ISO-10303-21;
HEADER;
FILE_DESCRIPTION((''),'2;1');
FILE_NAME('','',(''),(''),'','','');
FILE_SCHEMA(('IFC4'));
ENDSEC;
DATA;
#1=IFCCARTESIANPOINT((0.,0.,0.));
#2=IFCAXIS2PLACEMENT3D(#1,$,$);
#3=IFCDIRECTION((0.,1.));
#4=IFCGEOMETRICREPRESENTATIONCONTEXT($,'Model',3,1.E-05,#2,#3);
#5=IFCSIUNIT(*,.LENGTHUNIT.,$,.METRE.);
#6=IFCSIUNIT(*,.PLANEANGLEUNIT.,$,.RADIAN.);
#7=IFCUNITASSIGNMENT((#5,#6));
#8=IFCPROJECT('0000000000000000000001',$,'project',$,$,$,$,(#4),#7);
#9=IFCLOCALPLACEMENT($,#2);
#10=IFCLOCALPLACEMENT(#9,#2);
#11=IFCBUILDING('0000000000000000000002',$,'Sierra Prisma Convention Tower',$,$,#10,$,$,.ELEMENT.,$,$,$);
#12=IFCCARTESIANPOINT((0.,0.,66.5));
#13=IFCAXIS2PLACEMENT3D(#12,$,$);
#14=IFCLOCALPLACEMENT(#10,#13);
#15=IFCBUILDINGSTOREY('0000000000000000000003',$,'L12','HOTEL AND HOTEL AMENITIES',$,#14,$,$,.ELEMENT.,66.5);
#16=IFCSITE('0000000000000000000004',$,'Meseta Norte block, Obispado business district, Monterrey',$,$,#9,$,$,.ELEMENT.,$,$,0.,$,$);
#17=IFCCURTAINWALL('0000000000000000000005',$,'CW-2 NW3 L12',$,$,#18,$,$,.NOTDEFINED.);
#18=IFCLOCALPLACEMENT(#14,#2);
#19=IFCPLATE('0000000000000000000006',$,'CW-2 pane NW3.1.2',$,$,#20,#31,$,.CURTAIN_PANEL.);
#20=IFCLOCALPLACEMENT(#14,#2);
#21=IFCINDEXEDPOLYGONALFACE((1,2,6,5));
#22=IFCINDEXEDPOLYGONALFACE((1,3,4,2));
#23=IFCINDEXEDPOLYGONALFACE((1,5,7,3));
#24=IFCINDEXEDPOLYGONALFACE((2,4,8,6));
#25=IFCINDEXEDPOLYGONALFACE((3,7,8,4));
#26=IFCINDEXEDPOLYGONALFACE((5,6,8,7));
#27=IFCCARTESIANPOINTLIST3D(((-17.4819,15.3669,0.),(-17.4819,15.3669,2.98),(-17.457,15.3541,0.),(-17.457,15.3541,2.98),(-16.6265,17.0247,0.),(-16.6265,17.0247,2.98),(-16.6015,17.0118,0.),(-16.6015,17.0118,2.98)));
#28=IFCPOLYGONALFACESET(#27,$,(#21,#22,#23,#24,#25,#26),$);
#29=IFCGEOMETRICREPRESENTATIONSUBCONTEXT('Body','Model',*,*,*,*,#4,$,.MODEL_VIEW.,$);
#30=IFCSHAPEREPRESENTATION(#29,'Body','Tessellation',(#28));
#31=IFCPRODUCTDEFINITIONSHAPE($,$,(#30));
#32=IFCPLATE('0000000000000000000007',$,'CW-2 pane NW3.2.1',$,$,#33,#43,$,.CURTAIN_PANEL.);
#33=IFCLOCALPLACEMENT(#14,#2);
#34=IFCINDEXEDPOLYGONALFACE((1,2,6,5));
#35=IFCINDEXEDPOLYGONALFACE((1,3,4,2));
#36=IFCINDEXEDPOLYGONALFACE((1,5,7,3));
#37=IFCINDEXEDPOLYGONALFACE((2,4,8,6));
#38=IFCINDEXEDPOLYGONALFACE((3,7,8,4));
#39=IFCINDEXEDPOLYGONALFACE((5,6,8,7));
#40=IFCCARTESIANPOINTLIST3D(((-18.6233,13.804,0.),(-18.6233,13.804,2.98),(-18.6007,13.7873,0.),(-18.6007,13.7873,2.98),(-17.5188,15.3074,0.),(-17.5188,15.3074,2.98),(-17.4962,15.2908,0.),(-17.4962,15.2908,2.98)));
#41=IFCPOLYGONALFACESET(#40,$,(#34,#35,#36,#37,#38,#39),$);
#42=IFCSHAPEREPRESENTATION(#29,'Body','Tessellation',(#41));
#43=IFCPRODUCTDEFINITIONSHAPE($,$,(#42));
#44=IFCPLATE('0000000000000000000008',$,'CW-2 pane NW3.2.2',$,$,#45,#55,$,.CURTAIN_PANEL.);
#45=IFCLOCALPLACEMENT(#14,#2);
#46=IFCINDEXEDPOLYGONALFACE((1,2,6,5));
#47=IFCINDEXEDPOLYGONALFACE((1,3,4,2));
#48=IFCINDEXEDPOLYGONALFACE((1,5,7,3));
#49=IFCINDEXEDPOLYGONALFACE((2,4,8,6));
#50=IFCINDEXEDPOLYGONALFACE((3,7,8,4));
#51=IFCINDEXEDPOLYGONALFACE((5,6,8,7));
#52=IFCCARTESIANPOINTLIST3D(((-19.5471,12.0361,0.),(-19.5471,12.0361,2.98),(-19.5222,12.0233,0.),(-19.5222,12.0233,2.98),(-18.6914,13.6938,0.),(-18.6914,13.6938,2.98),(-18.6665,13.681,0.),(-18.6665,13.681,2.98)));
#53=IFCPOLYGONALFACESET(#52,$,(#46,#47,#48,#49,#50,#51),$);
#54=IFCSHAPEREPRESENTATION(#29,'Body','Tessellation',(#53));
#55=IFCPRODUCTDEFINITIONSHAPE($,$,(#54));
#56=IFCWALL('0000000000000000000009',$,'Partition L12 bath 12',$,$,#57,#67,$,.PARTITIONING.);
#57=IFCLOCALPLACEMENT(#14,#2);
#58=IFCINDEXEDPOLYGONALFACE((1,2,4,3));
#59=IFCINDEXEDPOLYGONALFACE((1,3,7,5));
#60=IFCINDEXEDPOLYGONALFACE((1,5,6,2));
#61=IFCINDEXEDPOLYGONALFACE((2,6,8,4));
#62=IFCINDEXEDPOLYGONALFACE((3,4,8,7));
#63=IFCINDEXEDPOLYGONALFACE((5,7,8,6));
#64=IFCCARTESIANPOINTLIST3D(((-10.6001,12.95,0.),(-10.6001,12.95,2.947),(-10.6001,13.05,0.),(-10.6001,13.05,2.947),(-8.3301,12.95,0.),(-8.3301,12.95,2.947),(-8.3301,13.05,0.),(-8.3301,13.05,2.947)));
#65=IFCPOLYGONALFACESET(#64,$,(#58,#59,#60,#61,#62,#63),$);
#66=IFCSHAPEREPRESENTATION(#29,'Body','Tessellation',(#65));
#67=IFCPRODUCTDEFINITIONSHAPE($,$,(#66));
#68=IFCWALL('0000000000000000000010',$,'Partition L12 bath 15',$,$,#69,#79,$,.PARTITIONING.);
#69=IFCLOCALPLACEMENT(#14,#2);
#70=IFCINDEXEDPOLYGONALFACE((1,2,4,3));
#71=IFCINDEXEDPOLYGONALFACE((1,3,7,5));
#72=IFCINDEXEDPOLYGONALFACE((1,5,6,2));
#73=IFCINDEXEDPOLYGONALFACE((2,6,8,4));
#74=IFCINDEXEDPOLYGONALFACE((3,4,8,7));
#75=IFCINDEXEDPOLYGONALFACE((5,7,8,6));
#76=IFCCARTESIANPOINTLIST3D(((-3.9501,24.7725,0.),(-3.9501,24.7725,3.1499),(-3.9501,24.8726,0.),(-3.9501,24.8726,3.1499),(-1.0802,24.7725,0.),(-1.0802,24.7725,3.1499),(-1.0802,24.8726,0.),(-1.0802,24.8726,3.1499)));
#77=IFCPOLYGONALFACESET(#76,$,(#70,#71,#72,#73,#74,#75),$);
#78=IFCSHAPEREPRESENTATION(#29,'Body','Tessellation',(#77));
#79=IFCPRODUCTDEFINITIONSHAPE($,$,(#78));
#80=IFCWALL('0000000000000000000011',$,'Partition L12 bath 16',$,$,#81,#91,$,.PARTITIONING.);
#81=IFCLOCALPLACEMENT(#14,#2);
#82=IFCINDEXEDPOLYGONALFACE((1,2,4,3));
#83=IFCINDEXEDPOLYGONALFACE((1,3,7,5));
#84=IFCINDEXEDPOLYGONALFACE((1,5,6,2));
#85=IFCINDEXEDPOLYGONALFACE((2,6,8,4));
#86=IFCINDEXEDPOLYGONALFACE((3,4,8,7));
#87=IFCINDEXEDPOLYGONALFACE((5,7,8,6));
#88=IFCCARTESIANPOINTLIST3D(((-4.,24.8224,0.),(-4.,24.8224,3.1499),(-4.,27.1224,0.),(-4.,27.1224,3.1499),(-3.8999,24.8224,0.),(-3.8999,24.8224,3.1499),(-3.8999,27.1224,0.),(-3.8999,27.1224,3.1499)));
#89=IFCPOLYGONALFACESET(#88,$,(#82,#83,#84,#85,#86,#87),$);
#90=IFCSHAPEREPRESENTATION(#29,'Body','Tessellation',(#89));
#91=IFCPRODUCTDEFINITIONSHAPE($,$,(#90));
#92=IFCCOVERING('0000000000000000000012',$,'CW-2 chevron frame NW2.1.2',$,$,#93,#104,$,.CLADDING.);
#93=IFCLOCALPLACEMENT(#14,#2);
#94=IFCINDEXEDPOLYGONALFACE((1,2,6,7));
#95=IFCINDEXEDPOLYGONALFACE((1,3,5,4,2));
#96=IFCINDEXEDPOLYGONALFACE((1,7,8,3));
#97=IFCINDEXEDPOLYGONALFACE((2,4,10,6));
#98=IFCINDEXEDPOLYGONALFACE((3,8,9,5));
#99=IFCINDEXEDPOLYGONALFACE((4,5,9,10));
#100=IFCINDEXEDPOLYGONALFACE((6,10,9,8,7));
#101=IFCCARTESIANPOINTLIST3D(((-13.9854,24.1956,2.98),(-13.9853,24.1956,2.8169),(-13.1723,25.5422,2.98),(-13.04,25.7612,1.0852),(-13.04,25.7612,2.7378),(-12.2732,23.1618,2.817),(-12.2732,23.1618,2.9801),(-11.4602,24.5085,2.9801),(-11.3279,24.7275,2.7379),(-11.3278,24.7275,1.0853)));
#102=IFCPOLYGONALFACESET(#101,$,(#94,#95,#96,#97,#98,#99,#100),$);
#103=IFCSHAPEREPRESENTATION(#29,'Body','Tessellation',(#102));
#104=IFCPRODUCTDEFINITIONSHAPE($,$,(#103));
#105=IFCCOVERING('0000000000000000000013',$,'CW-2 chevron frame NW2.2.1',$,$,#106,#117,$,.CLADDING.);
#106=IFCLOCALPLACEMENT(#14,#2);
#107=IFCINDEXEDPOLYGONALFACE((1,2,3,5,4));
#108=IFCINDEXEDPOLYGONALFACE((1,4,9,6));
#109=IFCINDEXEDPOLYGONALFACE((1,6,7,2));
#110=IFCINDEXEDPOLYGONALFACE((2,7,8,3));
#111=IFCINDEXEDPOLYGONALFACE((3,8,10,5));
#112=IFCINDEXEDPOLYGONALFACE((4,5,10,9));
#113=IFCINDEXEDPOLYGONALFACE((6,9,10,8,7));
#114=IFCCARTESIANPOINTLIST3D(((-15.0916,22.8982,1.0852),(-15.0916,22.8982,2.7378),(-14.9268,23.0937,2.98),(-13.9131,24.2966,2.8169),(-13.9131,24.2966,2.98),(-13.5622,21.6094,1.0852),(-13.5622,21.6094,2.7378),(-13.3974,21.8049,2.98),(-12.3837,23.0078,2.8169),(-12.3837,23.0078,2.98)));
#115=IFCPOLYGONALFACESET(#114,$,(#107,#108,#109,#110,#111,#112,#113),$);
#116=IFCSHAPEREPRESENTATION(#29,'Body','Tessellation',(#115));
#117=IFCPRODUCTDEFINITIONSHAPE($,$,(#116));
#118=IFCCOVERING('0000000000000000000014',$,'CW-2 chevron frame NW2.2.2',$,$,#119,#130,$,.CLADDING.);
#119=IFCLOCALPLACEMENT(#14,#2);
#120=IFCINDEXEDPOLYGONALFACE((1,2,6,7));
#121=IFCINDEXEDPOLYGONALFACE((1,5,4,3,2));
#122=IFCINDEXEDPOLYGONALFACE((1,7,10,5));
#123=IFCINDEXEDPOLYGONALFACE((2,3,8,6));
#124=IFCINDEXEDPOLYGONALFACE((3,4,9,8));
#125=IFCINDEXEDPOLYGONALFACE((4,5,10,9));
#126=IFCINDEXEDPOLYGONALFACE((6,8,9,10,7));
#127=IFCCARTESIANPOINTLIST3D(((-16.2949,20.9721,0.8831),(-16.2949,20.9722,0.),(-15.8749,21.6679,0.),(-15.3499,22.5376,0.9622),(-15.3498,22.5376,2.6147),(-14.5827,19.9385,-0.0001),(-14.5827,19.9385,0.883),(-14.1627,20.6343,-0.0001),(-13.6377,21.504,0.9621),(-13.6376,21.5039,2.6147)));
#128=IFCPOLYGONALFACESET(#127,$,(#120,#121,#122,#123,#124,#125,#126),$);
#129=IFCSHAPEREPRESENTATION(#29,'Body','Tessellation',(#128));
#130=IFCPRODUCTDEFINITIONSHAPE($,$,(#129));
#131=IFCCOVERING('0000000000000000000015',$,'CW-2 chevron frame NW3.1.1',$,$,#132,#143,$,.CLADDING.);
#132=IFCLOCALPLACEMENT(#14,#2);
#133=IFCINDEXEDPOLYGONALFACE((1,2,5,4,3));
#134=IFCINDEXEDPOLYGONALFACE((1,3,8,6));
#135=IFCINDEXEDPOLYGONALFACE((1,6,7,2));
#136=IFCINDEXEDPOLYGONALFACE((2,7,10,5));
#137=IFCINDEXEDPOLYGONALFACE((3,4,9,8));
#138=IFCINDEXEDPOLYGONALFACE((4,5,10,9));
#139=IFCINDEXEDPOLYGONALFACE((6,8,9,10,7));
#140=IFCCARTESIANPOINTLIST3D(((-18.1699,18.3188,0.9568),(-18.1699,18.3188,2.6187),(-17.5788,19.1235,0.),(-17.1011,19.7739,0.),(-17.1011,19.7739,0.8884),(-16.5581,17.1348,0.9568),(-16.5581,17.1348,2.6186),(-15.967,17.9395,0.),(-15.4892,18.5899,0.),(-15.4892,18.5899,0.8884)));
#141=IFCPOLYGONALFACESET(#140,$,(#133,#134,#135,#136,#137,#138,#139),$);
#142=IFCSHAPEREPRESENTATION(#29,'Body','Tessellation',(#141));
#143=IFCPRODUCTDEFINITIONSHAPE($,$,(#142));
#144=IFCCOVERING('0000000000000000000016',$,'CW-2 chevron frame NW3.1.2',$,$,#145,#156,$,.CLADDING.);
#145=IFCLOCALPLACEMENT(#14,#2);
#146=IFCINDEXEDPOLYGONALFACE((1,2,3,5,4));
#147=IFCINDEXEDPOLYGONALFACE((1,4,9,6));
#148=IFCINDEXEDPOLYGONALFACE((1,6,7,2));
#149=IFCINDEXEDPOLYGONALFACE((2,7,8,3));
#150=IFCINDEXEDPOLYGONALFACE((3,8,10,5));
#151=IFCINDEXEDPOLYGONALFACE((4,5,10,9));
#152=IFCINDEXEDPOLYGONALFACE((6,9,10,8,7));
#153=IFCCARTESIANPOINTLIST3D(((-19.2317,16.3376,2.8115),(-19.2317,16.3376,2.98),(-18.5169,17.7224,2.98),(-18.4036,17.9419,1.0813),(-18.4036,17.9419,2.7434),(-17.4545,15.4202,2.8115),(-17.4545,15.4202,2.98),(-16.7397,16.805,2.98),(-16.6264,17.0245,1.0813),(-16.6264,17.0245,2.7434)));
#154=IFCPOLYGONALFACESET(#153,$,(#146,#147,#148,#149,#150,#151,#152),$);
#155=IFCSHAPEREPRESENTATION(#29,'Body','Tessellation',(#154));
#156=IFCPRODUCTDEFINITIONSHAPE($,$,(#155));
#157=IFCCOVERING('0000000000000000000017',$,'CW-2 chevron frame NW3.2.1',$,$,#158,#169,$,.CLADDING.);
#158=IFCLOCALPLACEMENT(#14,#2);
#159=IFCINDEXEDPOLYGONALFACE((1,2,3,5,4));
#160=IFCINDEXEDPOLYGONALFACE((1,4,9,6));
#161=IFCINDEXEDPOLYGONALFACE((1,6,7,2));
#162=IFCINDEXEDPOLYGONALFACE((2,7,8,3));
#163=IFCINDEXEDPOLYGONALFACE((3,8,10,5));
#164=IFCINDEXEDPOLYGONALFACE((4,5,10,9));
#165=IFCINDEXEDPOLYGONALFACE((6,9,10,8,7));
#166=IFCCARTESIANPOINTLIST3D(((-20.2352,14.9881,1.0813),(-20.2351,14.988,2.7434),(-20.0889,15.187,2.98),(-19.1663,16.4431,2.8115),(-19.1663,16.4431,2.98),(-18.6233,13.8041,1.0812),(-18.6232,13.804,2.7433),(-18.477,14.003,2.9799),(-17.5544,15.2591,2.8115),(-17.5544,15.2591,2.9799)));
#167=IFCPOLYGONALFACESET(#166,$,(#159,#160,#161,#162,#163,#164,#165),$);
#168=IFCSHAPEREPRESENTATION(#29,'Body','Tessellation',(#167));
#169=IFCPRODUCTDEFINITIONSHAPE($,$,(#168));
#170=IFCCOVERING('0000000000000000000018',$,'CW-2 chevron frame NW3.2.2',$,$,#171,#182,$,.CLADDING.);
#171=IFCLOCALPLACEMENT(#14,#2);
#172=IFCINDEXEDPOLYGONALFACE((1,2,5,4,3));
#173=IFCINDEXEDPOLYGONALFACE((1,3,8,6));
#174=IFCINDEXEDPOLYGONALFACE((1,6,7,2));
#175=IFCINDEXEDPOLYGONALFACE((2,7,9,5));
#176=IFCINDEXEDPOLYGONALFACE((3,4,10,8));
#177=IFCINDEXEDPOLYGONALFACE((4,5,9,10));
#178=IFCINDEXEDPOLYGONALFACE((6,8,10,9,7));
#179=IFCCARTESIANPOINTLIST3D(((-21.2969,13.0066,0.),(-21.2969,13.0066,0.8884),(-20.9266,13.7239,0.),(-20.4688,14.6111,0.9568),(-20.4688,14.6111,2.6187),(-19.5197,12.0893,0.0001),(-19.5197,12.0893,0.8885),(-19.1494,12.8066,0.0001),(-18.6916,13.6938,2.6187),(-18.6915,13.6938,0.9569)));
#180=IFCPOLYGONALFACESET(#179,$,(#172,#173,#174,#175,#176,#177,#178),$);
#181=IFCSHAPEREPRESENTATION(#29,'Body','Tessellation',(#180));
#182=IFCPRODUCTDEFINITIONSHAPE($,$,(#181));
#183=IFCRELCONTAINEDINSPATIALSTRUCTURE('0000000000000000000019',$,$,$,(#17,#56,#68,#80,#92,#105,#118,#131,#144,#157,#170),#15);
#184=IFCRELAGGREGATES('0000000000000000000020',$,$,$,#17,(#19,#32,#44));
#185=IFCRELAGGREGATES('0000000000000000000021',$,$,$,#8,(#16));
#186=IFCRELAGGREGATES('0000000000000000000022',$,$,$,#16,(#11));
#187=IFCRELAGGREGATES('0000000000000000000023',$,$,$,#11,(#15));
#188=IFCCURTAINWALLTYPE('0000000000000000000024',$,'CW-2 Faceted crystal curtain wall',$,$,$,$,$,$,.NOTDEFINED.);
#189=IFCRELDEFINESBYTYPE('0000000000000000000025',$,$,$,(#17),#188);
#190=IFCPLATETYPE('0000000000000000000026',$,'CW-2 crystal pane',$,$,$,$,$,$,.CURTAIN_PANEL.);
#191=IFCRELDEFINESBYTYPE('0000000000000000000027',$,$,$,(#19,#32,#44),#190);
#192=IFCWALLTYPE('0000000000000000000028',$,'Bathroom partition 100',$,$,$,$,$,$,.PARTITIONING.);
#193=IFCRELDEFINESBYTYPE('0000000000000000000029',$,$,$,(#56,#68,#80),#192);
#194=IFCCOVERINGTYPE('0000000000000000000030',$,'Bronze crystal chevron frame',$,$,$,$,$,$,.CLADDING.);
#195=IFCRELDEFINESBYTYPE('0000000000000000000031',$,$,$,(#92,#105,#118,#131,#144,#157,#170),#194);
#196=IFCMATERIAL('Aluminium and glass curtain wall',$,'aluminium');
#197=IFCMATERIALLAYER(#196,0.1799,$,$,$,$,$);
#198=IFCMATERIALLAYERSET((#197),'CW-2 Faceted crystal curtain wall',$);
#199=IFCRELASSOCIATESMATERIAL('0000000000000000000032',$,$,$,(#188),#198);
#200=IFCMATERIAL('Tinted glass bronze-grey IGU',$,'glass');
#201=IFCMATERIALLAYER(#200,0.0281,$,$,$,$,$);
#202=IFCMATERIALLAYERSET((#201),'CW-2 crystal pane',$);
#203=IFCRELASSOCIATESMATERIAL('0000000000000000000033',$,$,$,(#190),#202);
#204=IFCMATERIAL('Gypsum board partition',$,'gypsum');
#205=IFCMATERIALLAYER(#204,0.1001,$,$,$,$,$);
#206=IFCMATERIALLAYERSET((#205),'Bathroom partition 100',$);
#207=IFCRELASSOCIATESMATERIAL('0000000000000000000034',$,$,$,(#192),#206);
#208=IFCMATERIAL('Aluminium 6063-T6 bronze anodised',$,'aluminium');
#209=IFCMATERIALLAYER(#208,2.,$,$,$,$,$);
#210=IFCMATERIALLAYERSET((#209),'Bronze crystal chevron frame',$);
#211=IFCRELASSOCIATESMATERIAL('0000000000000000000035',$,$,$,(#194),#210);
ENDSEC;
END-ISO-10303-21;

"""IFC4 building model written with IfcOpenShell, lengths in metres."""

from ifc_helpers import new_model, si_unit, direction, frame, frame_2d, origin, place, context, subcontext, project, spatial, polyline, rectangle, outline, extrude, material, layer, layer_set, type_object, element, aggregate, save


model = new_model("IFC4")

# Units and contexts
model_context = context("Model", 3, precision=1e-05, world=origin(), true_north=direction((0.0, 1.0)))
body_context = subcontext(model_context, "Body", "Model", "MODEL_VIEW")
ifc_project = project(units=[si_unit("LENGTHUNIT", "METRE"), si_unit("PLANEANGLEUNIT", "RADIAN")], contexts=[model_context])

# Site, building, storey
site_placement = place(None, origin())
site = spatial("IfcSite", under=ifc_project, at=site_placement, Name="Meseta Norte block, Obispado business district, Monterrey", CompositionType="ELEMENT", RefElevation=0.0)
building_placement = place(site_placement, origin())
building = spatial("IfcBuilding", under=site, at=building_placement, Name="Sierra Prisma Convention Tower", CompositionType="ELEMENT")
storey_placement = place(building_placement, frame((0.0, 0.0, 66.5)))
storey = spatial("IfcBuildingStorey", under=building, at=storey_placement, Name="L12", Description="HOTEL AND HOTEL AMENITIES", CompositionType="ELEMENT", Elevation=66.5)

# Curtain wall
ifc_material_1 = material(Name="Aluminium and glass curtain wall", Category="aluminium")
ifc_layer_1 = layer(ifc_material_1, 0.1799)
ifc_layer_set_1 = layer_set([ifc_layer_1], Name="CW-2 Faceted crystal curtain wall")
curtain_wall_type = type_object("IfcCurtainWallType", Name="CW-2 Faceted crystal curtain wall", PredefinedType="NOTDEFINED", material=ifc_layer_set_1)
curtain_wall_1_placement = place(storey_placement, origin())
curtain_wall_1 = element("IfcCurtainWall", 1, at=curtain_wall_1_placement, inside=storey, type_object=curtain_wall_type, Name="CW-2 NW3 L12", PredefinedType="NOTDEFINED")

# Plates
ifc_material_2 = material(Name="Tinted glass bronze-grey IGU", Category="glass")
ifc_layer_2 = layer(ifc_material_2, 0.0281)
ifc_layer_set_2 = layer_set([ifc_layer_2], Name="CW-2 crystal pane")
plate_type = type_object("IfcPlateType", Name="CW-2 crystal pane", PredefinedType="CURTAIN_PANEL", material=ifc_layer_set_2)
plate_1_placement = place(storey_placement, frame((-17.4819, 15.3669, 0.0), z_axis=(-0.888648, 0.45859, 0.0), x_axis=(0.45859, 0.888648, 0.0)))
plate_1 = element("IfcPlate", 2, at=plate_1_placement, type_object=plate_type, Name="CW-2 pane NW3.1.2", PredefinedType="CURTAIN_PANEL", context=body_context, shape_type="SweptSolid", body=[
    extrude(outline(polyline([(0.0, 0.0), (1.8654, 0.0), (1.8654, -2.98), (0.0, -2.98), (0.0, 0.0)])), origin(), (0.0, 0.0, -1.0), 0.0281),
])
plate_2_placement = place(storey_placement, frame((-17.5188, 15.3074, 0.0), z_axis=(-0.805897, 0.592056, 0.0), x_axis=(-0.592056, -0.805897, 0.0)))
plate_2 = element("IfcPlate", 3, at=plate_2_placement, type_object=plate_type, Name="CW-2 pane NW3.2.1", PredefinedType="CURTAIN_PANEL", context=body_context, shape_type="SweptSolid", body=[
    extrude(outline(polyline([(0.0, 0.0), (1.8655, 0.0), (1.8655, 2.98), (0.0, 2.98), (0.0, 0.0)])), origin(), (0.0, 0.0, -1.0), 0.0281),
])
plate_3_placement = place(storey_placement, frame((-19.5471, 12.0361, 0.0), z_axis=(-0.888595, 0.458693, 0.0), x_axis=(0.458693, 0.888595, 0.0)))
plate_3 = element("IfcPlate", 4, at=plate_3_placement, type_object=plate_type, Name="CW-2 pane NW3.2.2", PredefinedType="CURTAIN_PANEL", context=body_context, shape_type="SweptSolid", body=[
    extrude(outline(polyline([(0.0, 0.0), (1.8655, 0.0), (1.8655, -2.98), (0.0, -2.98), (0.0, 0.0)])), origin(), (0.0, 0.0, -1.0), 0.0281),
])
aggregate(curtain_wall_1, [plate_1, plate_2, plate_3])

# Walls
ifc_material_3 = material(Name="Gypsum board partition", Category="gypsum")
ifc_layer_3 = layer(ifc_material_3, 0.1001)
ifc_layer_set_3 = layer_set([ifc_layer_3], Name="Bathroom partition 100")
wall_type = type_object("IfcWallType", Name="Bathroom partition 100", PredefinedType="PARTITIONING", material=ifc_layer_set_3)
wall_1_placement = place(storey_placement, frame((-10.6001, 13.0, 0.0), z_axis=(0.0, 0.0, 1.0), x_axis=(1.0, 0.0, 0.0)))
element("IfcWall", 5, at=wall_1_placement, inside=storey, type_object=wall_type, Name="Partition L12 bath 12", PredefinedType="PARTITIONING", context=body_context, shape_type="SweptSolid", body=[
    extrude(rectangle(XDim=2.27, YDim=0.1001, at=frame_2d((1.135, 0.0))), origin(), (0.0, 0.0, 1.0), 2.947),
])
wall_2_placement = place(storey_placement, frame((-1.0801, 24.8225, 0.0), z_axis=(0.0, 0.0, 1.0), x_axis=(-1.0, 0.0, 0.0)))
element("IfcWall", 6, at=wall_2_placement, inside=storey, type_object=wall_type, Name="Partition L12 bath 15", PredefinedType="PARTITIONING", context=body_context, shape_type="SweptSolid", body=[
    extrude(rectangle(XDim=2.8699, YDim=0.1001, at=frame_2d((1.4351, 0.0))), origin(), (0.0, 0.0, 1.0), 3.1499),
])
wall_3_placement = place(storey_placement, frame((-3.95, 24.8225, 0.0), z_axis=(0.0, 0.0, 1.0), x_axis=(0.0, 1.0, 0.0)))
element("IfcWall", 7, at=wall_3_placement, inside=storey, type_object=wall_type, Name="Partition L12 bath 16", PredefinedType="PARTITIONING", context=body_context, shape_type="SweptSolid", body=[
    extrude(rectangle(XDim=2.3, YDim=0.1001, at=frame_2d((1.1499, 0.0))), origin(), (0.0, 0.0, 1.0), 3.1499),
])

# Coverings
ifc_material_4 = material(Name="Aluminium 6063-T6 bronze anodised", Category="aluminium")
ifc_layer_4 = layer(ifc_material_4, 2.0)
ifc_layer_set_4 = layer_set([ifc_layer_4], Name="Bronze crystal chevron frame")
covering_type = type_object("IfcCoveringType", Name="Bronze crystal chevron frame", PredefinedType="CLADDING", material=ifc_layer_set_4)
covering_1_placement = place(storey_placement, frame((-13.04, 25.7612, 2.7378), z_axis=(-0.856067, 0.516864, -0.000043), x_axis=(0.000037, -0.000022, -1.0)))
element("IfcCovering", 8, at=covering_1_placement, inside=storey, type_object=covering_type, Name="CW-2 chevron frame NW2.1.2", PredefinedType="CLADDING", context=body_context, shape_type="SweptSolid", body=[
    extrude(outline(polyline([(0.0, 0.0), (1.6526, 0.0), (-0.0791, 1.8289), (-0.2422, 1.8289), (-0.2422, 0.2559), (0.0, 0.0)])), origin(), (0.0, 0.0, -1.0), 2.0),
])
covering_2_placement = place(storey_placement, frame((-13.9131, 24.2966, 2.98), z_axis=(-0.764686, 0.644403, 0.0), x_axis=(0.0, 0.0, -1.0)))
element("IfcCovering", 9, at=covering_2_placement, inside=storey, type_object=covering_type, Name="CW-2 chevron frame NW2.2.1", PredefinedType="CLADDING", context=body_context, shape_type="SweptSolid", body=[
    extrude(outline(polyline([(0.0, 0.0), (0.1631, 0.0), (1.8948, 1.8288), (0.2422, 1.8288), (0.0, 1.573), (0.0, 0.0)])), origin(), (0.0, 0.0, -1.0), 2.0),
])
covering_3_placement = place(storey_placement, frame((-16.2949, 20.9722, 0.0), z_axis=(-0.856099, 0.516812, 0.000041), x_axis=(0.000035, -0.000021, 1.0)))
element("IfcCovering", 10, at=covering_3_placement, inside=storey, type_object=covering_type, Name="CW-2 chevron frame NW2.2.2", PredefinedType="CLADDING", context=body_context, shape_type="SweptSolid", body=[
    extrude(outline(polyline([(0.0, 0.0), (0.8831, 0.0), (2.6147, 1.8286), (0.9622, 1.8286), (0.0, 0.8127), (0.0, 0.0)])), origin(), (0.0, 0.0, -1.0), 2.0),
])
covering_4_placement = place(storey_placement, frame((-17.1011, 19.7739, 0.0), z_axis=(-0.805929, 0.592012, 0.000008), x_axis=(-0.592012, -0.805929, 0.0)))
element("IfcCovering", 11, at=covering_4_placement, inside=storey, type_object=covering_type, Name="CW-2 chevron frame NW3.1.1", PredefinedType="CLADDING", context=body_context, shape_type="SweptSolid", body=[
    extrude(outline(polyline([(0.0, 0.0), (0.807, 0.0), (1.8055, 0.9568), (1.8055, 2.6187), (0.0, 0.8884), (0.0, 0.0)])), origin(), (0.0, 0.0, -1.0), 2.0),
])
covering_5_placement = place(storey_placement, frame((-18.4036, 17.9419, 2.7434), z_axis=(-0.888592, 0.458699, 0.000008), x_axis=(-0.000007, 0.000003, -1.0)))
element("IfcCovering", 12, at=covering_5_placement, inside=storey, type_object=covering_type, Name="CW-2 chevron frame NW3.1.2", PredefinedType="CLADDING", context=body_context, shape_type="SweptSolid", body=[
    extrude(outline(polyline([(0.0, 0.0), (1.6621, 0.0), (-0.0681, 1.8054), (-0.2366, 1.8054), (-0.2366, 0.247), (0.0, 0.0)])), origin(), (0.0, 0.0, -1.0), 2.0),
])
covering_6_placement = place(storey_placement, frame((-19.1663, 16.4431, 2.98), z_axis=(-0.805934, 0.592005, 0.000032), x_axis=(-0.000026, 0.000019, -1.0)))
element("IfcCovering", 13, at=covering_6_placement, inside=storey, type_object=covering_type, Name="CW-2 chevron frame NW3.2.1", PredefinedType="CLADDING", context=body_context, shape_type="SweptSolid", body=[
    extrude(outline(polyline([(0.0, 0.0), (0.1685, 0.0), (1.8987, 1.8055), (0.2366, 1.8055), (0.0, 1.5585), (0.0, 0.0)])), origin(), (0.0, 0.0, -1.0), 2.0),
])
covering_7_placement = place(storey_placement, frame((-21.2969, 13.0066, 0.0), z_axis=(-0.88861, 0.458664, -0.000045), x_axis=(-0.00004, 0.00002, 1.0)))
element("IfcCovering", 14, at=covering_7_placement, inside=storey, type_object=covering_type, Name="CW-2 chevron frame NW3.2.2", PredefinedType="CLADDING", context=body_context, shape_type="SweptSolid", body=[
    extrude(outline(polyline([(0.0, 0.0), (0.8884, 0.0), (2.6187, 1.8056), (0.9568, 1.8056), (0.0, 0.8073), (0.0, 0.0)])), origin(), (0.0, 0.0, -1.0), 2.0),
])

save(model, "model.ifc")
